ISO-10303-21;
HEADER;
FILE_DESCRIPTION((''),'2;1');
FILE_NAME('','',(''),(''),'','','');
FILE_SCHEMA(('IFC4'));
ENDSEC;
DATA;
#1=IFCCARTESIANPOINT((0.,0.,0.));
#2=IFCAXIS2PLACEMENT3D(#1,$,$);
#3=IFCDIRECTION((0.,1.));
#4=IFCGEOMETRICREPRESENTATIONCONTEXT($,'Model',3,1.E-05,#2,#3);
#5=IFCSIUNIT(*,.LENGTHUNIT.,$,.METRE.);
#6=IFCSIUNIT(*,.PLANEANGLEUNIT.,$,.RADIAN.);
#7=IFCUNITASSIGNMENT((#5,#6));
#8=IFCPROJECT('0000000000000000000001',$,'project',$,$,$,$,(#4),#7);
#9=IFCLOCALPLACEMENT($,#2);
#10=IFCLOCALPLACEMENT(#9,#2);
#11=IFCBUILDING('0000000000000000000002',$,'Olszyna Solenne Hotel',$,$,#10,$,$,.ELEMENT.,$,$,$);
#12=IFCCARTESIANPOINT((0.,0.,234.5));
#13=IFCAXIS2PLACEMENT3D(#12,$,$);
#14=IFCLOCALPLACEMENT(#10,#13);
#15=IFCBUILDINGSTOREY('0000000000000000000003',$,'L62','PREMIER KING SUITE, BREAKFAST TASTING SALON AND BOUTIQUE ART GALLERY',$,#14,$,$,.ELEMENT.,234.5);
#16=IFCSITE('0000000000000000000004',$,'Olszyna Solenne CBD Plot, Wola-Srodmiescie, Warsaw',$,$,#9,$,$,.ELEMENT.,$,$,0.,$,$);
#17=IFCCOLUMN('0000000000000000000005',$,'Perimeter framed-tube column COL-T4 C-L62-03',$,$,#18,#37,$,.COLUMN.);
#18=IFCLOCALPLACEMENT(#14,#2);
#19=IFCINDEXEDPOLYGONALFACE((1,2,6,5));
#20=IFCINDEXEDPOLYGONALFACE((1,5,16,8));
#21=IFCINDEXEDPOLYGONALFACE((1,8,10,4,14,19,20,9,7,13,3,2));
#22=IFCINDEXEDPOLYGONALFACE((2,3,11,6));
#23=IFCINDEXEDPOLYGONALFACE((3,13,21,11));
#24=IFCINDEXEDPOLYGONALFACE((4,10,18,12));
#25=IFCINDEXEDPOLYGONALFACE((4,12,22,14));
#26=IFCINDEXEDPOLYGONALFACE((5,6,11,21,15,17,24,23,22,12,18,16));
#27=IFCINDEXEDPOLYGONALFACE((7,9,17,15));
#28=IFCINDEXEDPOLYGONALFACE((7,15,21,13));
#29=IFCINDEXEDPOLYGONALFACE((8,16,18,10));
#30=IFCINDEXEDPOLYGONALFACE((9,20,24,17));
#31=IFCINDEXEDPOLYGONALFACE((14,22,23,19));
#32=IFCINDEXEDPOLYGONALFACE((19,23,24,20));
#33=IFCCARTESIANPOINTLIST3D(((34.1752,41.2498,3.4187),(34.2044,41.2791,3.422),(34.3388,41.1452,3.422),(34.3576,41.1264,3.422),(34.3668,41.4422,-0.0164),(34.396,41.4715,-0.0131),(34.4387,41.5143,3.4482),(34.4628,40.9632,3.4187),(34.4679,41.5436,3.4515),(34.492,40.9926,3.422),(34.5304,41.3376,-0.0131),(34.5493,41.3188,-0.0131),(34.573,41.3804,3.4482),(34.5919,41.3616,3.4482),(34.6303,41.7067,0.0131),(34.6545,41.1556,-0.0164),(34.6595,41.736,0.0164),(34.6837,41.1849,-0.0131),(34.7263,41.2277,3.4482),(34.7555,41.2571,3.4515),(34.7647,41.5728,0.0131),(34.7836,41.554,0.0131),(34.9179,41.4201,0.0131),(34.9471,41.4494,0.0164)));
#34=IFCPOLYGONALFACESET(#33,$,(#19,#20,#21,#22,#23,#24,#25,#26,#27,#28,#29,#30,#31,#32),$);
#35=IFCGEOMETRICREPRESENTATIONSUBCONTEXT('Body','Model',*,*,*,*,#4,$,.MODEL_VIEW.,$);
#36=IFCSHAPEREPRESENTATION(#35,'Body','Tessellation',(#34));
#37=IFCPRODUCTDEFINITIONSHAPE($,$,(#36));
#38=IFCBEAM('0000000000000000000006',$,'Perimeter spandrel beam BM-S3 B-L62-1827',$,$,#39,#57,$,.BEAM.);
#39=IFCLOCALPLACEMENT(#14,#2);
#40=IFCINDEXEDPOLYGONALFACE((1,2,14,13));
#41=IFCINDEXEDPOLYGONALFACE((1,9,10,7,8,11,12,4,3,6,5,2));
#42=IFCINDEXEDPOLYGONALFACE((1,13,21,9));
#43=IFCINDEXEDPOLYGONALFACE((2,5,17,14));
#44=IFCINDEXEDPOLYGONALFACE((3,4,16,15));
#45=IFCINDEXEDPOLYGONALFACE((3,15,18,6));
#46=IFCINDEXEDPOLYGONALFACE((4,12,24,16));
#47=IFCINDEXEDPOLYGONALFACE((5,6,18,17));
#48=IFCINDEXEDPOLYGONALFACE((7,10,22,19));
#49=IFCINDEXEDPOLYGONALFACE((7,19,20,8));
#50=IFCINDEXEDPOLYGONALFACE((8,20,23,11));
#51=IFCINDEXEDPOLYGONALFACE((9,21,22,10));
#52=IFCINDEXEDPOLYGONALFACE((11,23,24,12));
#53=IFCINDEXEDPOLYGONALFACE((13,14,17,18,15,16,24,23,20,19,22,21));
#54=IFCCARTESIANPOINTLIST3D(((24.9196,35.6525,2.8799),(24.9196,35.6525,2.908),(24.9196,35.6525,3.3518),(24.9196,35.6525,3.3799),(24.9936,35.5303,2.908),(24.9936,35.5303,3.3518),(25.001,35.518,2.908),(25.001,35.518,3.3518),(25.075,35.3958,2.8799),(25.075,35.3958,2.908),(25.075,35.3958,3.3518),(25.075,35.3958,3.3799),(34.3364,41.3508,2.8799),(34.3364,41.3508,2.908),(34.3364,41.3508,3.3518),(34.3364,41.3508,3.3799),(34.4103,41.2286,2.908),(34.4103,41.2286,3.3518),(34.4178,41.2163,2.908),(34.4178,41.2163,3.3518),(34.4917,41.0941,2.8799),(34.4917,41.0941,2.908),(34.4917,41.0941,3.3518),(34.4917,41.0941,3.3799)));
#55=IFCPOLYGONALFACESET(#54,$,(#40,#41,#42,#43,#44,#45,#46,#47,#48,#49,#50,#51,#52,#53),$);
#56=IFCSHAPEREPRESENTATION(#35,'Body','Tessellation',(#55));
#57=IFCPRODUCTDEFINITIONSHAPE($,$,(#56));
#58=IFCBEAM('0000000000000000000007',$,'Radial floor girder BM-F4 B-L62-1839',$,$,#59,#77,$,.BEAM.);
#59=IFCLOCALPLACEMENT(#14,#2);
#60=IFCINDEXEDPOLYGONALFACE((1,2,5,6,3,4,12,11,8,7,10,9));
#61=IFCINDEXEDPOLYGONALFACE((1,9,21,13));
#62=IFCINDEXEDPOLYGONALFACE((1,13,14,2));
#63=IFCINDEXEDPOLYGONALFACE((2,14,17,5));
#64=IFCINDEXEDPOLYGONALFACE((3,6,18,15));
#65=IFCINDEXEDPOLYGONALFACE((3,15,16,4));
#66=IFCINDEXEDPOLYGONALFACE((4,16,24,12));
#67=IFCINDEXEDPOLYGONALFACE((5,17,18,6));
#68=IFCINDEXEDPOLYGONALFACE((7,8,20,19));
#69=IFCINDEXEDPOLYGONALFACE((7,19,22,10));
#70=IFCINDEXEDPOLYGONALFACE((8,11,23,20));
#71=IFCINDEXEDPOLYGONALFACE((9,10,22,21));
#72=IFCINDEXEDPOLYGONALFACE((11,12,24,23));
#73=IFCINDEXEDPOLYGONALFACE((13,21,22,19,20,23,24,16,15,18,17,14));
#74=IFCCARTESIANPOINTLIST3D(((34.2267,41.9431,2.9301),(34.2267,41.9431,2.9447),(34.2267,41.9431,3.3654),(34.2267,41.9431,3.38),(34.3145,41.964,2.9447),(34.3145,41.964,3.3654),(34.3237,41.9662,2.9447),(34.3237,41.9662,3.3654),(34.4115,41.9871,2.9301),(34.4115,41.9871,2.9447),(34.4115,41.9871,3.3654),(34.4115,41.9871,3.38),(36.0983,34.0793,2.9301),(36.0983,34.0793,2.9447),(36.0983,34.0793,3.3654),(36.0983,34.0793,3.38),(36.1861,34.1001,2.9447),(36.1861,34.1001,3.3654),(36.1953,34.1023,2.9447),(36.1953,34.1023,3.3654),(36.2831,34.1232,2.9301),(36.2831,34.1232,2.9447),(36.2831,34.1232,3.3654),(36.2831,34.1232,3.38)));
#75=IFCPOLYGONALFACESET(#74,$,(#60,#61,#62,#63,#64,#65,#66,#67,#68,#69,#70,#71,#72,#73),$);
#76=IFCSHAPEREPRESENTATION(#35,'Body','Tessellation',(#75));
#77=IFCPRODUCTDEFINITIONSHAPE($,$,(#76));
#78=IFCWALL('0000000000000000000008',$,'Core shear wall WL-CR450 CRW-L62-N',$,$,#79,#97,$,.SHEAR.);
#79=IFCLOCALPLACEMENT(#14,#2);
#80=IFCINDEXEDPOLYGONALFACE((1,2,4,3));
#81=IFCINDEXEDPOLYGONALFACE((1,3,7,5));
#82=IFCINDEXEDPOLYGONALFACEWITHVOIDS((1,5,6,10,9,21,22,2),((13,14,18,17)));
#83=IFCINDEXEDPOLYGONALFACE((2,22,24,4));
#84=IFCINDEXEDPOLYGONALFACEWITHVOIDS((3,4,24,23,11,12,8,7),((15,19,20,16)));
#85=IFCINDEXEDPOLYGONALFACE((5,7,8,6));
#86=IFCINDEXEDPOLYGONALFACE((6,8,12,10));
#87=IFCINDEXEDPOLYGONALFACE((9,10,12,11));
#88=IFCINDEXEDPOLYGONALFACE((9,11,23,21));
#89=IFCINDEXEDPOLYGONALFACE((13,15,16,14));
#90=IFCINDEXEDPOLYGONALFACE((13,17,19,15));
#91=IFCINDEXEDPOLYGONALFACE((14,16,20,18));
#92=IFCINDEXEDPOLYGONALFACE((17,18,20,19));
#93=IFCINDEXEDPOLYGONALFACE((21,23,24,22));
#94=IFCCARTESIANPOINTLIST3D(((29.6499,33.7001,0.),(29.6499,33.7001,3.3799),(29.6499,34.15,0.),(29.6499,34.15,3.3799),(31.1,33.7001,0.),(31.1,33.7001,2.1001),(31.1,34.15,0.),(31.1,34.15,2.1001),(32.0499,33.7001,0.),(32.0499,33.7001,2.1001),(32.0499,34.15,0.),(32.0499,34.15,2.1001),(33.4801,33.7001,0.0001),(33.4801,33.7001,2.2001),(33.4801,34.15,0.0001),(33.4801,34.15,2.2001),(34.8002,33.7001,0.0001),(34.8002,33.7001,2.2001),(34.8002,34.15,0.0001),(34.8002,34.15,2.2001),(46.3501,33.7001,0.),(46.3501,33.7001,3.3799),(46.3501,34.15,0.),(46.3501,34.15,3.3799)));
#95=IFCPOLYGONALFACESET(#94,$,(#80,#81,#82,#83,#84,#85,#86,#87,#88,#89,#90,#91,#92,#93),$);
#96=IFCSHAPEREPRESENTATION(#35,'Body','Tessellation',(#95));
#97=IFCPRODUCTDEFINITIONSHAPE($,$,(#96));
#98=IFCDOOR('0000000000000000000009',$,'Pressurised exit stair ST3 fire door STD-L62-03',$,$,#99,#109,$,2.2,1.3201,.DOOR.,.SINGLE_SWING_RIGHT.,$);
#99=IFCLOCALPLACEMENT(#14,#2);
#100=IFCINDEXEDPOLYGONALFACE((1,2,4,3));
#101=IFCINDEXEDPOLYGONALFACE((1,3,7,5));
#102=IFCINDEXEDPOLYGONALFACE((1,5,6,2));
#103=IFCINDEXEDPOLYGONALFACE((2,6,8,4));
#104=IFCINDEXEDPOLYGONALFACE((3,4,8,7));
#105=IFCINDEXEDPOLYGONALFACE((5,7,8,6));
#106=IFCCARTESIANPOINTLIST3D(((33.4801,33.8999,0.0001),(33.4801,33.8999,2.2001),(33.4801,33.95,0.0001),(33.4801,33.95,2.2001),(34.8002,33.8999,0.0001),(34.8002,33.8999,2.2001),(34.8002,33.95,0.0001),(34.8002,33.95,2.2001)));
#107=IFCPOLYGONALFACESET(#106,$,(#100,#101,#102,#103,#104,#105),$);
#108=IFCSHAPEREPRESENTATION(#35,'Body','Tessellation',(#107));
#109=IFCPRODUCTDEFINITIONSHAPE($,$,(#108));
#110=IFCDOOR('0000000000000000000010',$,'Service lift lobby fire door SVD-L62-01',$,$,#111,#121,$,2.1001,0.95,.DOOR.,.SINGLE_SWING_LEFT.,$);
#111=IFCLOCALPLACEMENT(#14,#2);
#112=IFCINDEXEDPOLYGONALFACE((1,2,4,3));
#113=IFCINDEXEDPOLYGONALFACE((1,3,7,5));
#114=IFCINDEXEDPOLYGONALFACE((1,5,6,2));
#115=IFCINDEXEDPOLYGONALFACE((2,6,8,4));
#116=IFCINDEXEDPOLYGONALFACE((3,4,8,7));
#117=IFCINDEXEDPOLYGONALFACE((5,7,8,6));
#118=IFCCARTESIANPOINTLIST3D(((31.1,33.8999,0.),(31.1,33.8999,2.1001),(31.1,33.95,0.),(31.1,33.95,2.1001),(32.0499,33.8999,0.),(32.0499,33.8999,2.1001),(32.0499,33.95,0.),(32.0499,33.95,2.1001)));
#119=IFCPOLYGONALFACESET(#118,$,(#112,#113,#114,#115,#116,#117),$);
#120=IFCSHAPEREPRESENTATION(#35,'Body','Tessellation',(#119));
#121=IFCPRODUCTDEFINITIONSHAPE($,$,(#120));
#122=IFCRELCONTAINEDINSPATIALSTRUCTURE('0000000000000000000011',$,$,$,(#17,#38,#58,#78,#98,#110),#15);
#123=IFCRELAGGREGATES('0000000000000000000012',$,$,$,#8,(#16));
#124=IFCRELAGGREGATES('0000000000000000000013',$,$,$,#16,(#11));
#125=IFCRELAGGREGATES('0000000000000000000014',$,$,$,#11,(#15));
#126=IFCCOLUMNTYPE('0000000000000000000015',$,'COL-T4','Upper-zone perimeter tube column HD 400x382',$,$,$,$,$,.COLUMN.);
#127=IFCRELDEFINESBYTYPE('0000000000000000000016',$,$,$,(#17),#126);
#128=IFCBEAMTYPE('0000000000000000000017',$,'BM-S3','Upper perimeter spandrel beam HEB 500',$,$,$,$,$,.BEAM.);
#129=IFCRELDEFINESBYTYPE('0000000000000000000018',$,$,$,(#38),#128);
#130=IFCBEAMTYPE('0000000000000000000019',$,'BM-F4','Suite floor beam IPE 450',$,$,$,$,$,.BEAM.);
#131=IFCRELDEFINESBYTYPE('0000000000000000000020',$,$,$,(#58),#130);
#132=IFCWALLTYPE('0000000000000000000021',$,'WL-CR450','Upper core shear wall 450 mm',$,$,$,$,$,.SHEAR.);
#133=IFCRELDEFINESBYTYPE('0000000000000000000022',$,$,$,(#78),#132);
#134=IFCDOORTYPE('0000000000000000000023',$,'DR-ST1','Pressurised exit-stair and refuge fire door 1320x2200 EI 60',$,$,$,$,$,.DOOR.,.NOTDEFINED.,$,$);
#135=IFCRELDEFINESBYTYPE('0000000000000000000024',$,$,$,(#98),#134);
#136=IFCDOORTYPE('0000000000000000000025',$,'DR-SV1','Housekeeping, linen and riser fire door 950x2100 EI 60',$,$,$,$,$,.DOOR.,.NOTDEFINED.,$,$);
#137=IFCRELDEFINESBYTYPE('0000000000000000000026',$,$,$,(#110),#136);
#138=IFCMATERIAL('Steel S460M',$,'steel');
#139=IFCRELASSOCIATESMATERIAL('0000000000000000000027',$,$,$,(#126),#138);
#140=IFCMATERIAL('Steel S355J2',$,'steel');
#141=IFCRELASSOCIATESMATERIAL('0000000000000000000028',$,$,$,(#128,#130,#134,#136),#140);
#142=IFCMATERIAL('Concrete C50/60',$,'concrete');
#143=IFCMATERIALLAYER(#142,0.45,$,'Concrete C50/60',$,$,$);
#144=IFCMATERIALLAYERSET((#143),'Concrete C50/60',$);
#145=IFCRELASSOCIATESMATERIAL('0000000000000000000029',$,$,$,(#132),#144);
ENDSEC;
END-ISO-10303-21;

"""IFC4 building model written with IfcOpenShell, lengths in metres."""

from ifc_helpers import new_model, si_unit, direction, frame, frame_2d, origin, origin_2d, place, context, subcontext, project, spatial, rectangle, i_section, extrude, source, transform, mapped, material, layer, layer_set, material_profile, profile_set, type_object, type_shapes, element, fill, save


model = new_model("IFC4")

# Units and contexts
model_context = context("Model", 3, precision=1e-05, world=origin(), true_north=direction((0.0, 1.0)))
body_context = subcontext(model_context, "Body", "Model", "MODEL_VIEW")
ifc_project = project(units=[si_unit("LENGTHUNIT", "METRE"), si_unit("PLANEANGLEUNIT", "RADIAN")], contexts=[model_context])

# Site, building, storey
site_placement = place(None, origin())
site = spatial("IfcSite", under=ifc_project, at=site_placement, Name="Olszyna Solenne CBD Plot, Wola-Srodmiescie, Warsaw", CompositionType="ELEMENT", RefElevation=0.0)
building_placement = place(site_placement, origin())
building = spatial("IfcBuilding", under=site, at=building_placement, Name="Olszyna Solenne Hotel", CompositionType="ELEMENT")
storey_placement = place(building_placement, frame((0.0, 0.0, 234.5)))
storey = spatial("IfcBuildingStorey", under=building, at=storey_placement, Name="L62", Description="PREMIER KING SUITE, BREAKFAST TASTING SALON AND BOUTIQUE ART GALLERY", CompositionType="ELEMENT", Elevation=234.5)

# Column
ifc_material_1 = material(Name="Steel S460M", Category="steel")
ifc_material_profile_1 = material_profile(ifc_material_1, i_section(OverallWidth=0.406, OverallDepth=0.416, WebThickness=0.0266, FlangeThickness=0.0415, at=origin_2d()), Name="HD 400x382", Category="load-bearing")
ifc_profile_set_1 = profile_set([ifc_material_profile_1], Name="Steel S460M")
column_type = type_object("IfcColumnType", Name="COL-T4", Description="Upper-zone perimeter tube column HD 400x382", PredefinedType="COLUMN", material=ifc_profile_set_1)
shared_shape_1 = source(origin(), body_context, "Body", "SweptSolid", [
    extrude(i_section(OverallWidth=0.406, OverallDepth=0.416, WebThickness=0.0266, FlangeThickness=0.0415, at=origin_2d()), origin(), (0.0, 0.0, 1.0), 3.4458),
])
column_placement = place(storey_placement, frame((34.657, 41.4458, 0.0), z_axis=(-0.055619, -0.055831, 0.99689), x_axis=(0.708454, -0.705757, 0.0)))
element("IfcColumn", 1, at=column_placement, inside=storey, type_object=column_type, Name="Perimeter framed-tube column COL-T4 C-L62-03", PredefinedType="COLUMN", context=body_context, shape_type="MappedRepresentation", body=[
    mapped(shared_shape_1, transform((0.0, 0.0, 0.0), x_axis=(1.0, 0.0, 0.0), y_axis=(0.0, 1.0, 0.0), z_axis=(0.0, 0.0, 1.0), scale=1.0)),
])

# Beams
ifc_material_2 = material(Name="Steel S355J2", Category="steel")
ifc_material_profile_2 = material_profile(ifc_material_2, i_section(OverallWidth=0.3, OverallDepth=0.5, WebThickness=0.0144, FlangeThickness=0.0281, at=origin_2d()), Name="HEB 500", Category="load-bearing")
ifc_profile_set_2 = profile_set([ifc_material_profile_2], Name="Steel S355J2")
beam_type_1 = type_object("IfcBeamType", Name="BM-S3", Description="Upper perimeter spandrel beam HEB 500", PredefinedType="BEAM", material=ifc_profile_set_2)
shared_shape_2 = source(origin(), body_context, "Body", "SweptSolid", [
    extrude(i_section(OverallWidth=0.3, OverallDepth=0.5, WebThickness=0.0144, FlangeThickness=0.0281, at=origin_2d()), origin(), (0.0, 0.0, 1.0), 11.0066),
])
beam_1_placement = place(storey_placement, frame((34.4141, 41.2224, 3.1299), z_axis=(-0.855555, -0.517712, 0.0), x_axis=(0.517712, -0.855555, 0.0)))
element("IfcBeam", 2, at=beam_1_placement, inside=storey, type_object=beam_type_1, Name="Perimeter spandrel beam BM-S3 B-L62-1827", PredefinedType="BEAM", context=body_context, shape_type="MappedRepresentation", body=[
    mapped(shared_shape_2, transform((0.0, 0.0, 0.0), x_axis=(1.0, 0.0, 0.0), y_axis=(0.0, 1.0, 0.0), z_axis=(0.0, 0.0, 1.0), scale=1.0)),
])
ifc_material_profile_3 = material_profile(ifc_material_2, i_section(OverallWidth=0.1899, OverallDepth=0.45, WebThickness=0.0095, FlangeThickness=0.0146, at=origin_2d()), Name="IPE 450", Category="load-bearing")
ifc_profile_set_3 = profile_set([ifc_material_profile_3], Name="Steel S355J2")
beam_type_2 = type_object("IfcBeamType", Name="BM-F4", Description="Suite floor beam IPE 450", PredefinedType="BEAM", material=ifc_profile_set_3)
shared_shape_3 = source(origin(), body_context, "Body", "SweptSolid", [
    extrude(i_section(OverallWidth=0.1899, OverallDepth=0.45, WebThickness=0.0095, FlangeThickness=0.0146, at=origin_2d()), origin(), (0.0, 0.0, 1.0), 8.0835),
])
beam_2_placement = place(storey_placement, frame((34.3191, 41.9651, 3.155), z_axis=(0.231533, -0.972827, 0.0), x_axis=(0.972827, 0.231533, 0.0)))
element("IfcBeam", 3, at=beam_2_placement, inside=storey, type_object=beam_type_2, Name="Radial floor girder BM-F4 B-L62-1839", PredefinedType="BEAM", context=body_context, shape_type="MappedRepresentation", body=[
    mapped(shared_shape_3, transform((0.0, 0.0, 0.0), x_axis=(1.0, 0.0, 0.0), y_axis=(0.0, 1.0, 0.0), z_axis=(0.0, 0.0, 1.0), scale=1.0)),
])

# Wall, openings, doors
ifc_material_3 = material(Name="Concrete C50/60", Category="concrete")
ifc_layer_1 = layer(ifc_material_3, 0.45, Name="Concrete C50/60")
ifc_layer_set_1 = layer_set([ifc_layer_1], Name="Concrete C50/60")
wall_type_1 = type_object("IfcWallType", Name="WL-CR450", Description="Upper core shear wall 450 mm", PredefinedType="SHEAR", material=ifc_layer_set_1)
wall_1_placement = place(storey_placement, frame((29.6499, 33.925, 0.0), z_axis=(0.0, 0.0, 1.0), x_axis=(1.0, 0.0, 0.0)))
wall_1 = element("IfcWall", 4, at=wall_1_placement, inside=storey, type_object=wall_type_1, Name="Core shear wall WL-CR450 CRW-L62-N", PredefinedType="SHEAR", context=body_context, shape_type="SweptSolid", body=[
    extrude(rectangle(XDim=16.7002, YDim=0.45, at=frame_2d((8.3501, 0.0))), origin(), (0.0, 0.0, 1.0), 3.3799),
])
opening_1_placement = place(wall_1_placement, frame((1.45, 0.0, 0.0)))
opening_1 = element("IfcOpeningElement", 5, at=opening_1_placement, cuts=wall_1, PredefinedType="OPENING", context=body_context, shape_type="SweptSolid", body=[
    extrude(rectangle(XDim=0.95, YDim=2.1001, at=frame_2d((0.4751, 1.05))), frame((0.0, 0.2349, 0.0), z_axis=(0.0, -1.0, 0.0), x_axis=(1.0, 0.0, 0.0)), (0.0, 0.0, 1.0), 0.47),
])
opening_2_placement = place(wall_1_placement, frame((3.8301, 0.0, 0.0)))
opening_2 = element("IfcOpeningElement", 6, at=opening_2_placement, cuts=wall_1, PredefinedType="OPENING", context=body_context, shape_type="SweptSolid", body=[
    extrude(rectangle(XDim=1.3201, YDim=2.2, at=frame_2d((0.6602, 1.1001))), frame((0.0, 0.2349, 0.0), z_axis=(0.0, -1.0, 0.0), x_axis=(1.0, 0.0, 0.0)), (0.0, 0.0, 1.0), 0.47),
])
door_type_1 = type_object("IfcDoorType", Name="DR-ST1", Description="Pressurised exit-stair and refuge fire door 1320x2200 EI 60", OperationType="NOTDEFINED", PredefinedType="DOOR", material=ifc_material_2)
shared_shape_4 = source(origin(), body_context, "Body", "SweptSolid", [
    extrude(rectangle(XDim=1.3201, YDim=2.2, at=frame_2d((0.6602, 1.1001))), frame((0.0, 0.0249, 0.0), z_axis=(0.0, -1.0, 0.0), x_axis=(1.0, 0.0, 0.0)), (0.0, 0.0, 1.0), 0.05),
])
type_shapes(door_type_1, [shared_shape_4])
door_1_placement = place(opening_2_placement, origin())
door_1 = element("IfcDoor", 7, at=door_1_placement, inside=storey, type_object=door_type_1, Name="Pressurised exit stair ST3 fire door STD-L62-03", OperationType="SINGLE_SWING_RIGHT", OverallHeight=2.2, OverallWidth=1.3201, PredefinedType="DOOR", context=body_context, shape_type="MappedRepresentation", body=[
    mapped(shared_shape_4, transform((0.0, 0.0, 0.0), x_axis=(1.0, 0.0, 0.0), y_axis=(0.0, 1.0, 0.0), z_axis=(0.0, 0.0, 1.0), scale=1.0)),
])
fill(opening_2, door_1)
door_type_2 = type_object("IfcDoorType", Name="DR-SV1", Description="Housekeeping, linen and riser fire door 950x2100 EI 60", OperationType="NOTDEFINED", PredefinedType="DOOR", material=ifc_material_2)
shared_shape_5 = source(origin(), body_context, "Body", "SweptSolid", [
    extrude(rectangle(XDim=0.95, YDim=2.1001, at=frame_2d((0.4751, 1.05))), frame((0.0, 0.0249, 0.0), z_axis=(0.0, -1.0, 0.0), x_axis=(1.0, 0.0, 0.0)), (0.0, 0.0, 1.0), 0.05),
])
type_shapes(door_type_2, [shared_shape_5])
door_2_placement = place(opening_1_placement, origin())
door_2 = element("IfcDoor", 8, at=door_2_placement, inside=storey, type_object=door_type_2, Name="Service lift lobby fire door SVD-L62-01", OperationType="SINGLE_SWING_LEFT", OverallHeight=2.1001, OverallWidth=0.95, PredefinedType="DOOR", context=body_context, shape_type="MappedRepresentation", body=[
    mapped(shared_shape_5, transform((0.0, 0.0, 0.0), x_axis=(1.0, 0.0, 0.0), y_axis=(0.0, 1.0, 0.0), z_axis=(0.0, 0.0, 1.0), scale=1.0)),
])
fill(opening_1, door_2)

save(model, "model.ifc")
